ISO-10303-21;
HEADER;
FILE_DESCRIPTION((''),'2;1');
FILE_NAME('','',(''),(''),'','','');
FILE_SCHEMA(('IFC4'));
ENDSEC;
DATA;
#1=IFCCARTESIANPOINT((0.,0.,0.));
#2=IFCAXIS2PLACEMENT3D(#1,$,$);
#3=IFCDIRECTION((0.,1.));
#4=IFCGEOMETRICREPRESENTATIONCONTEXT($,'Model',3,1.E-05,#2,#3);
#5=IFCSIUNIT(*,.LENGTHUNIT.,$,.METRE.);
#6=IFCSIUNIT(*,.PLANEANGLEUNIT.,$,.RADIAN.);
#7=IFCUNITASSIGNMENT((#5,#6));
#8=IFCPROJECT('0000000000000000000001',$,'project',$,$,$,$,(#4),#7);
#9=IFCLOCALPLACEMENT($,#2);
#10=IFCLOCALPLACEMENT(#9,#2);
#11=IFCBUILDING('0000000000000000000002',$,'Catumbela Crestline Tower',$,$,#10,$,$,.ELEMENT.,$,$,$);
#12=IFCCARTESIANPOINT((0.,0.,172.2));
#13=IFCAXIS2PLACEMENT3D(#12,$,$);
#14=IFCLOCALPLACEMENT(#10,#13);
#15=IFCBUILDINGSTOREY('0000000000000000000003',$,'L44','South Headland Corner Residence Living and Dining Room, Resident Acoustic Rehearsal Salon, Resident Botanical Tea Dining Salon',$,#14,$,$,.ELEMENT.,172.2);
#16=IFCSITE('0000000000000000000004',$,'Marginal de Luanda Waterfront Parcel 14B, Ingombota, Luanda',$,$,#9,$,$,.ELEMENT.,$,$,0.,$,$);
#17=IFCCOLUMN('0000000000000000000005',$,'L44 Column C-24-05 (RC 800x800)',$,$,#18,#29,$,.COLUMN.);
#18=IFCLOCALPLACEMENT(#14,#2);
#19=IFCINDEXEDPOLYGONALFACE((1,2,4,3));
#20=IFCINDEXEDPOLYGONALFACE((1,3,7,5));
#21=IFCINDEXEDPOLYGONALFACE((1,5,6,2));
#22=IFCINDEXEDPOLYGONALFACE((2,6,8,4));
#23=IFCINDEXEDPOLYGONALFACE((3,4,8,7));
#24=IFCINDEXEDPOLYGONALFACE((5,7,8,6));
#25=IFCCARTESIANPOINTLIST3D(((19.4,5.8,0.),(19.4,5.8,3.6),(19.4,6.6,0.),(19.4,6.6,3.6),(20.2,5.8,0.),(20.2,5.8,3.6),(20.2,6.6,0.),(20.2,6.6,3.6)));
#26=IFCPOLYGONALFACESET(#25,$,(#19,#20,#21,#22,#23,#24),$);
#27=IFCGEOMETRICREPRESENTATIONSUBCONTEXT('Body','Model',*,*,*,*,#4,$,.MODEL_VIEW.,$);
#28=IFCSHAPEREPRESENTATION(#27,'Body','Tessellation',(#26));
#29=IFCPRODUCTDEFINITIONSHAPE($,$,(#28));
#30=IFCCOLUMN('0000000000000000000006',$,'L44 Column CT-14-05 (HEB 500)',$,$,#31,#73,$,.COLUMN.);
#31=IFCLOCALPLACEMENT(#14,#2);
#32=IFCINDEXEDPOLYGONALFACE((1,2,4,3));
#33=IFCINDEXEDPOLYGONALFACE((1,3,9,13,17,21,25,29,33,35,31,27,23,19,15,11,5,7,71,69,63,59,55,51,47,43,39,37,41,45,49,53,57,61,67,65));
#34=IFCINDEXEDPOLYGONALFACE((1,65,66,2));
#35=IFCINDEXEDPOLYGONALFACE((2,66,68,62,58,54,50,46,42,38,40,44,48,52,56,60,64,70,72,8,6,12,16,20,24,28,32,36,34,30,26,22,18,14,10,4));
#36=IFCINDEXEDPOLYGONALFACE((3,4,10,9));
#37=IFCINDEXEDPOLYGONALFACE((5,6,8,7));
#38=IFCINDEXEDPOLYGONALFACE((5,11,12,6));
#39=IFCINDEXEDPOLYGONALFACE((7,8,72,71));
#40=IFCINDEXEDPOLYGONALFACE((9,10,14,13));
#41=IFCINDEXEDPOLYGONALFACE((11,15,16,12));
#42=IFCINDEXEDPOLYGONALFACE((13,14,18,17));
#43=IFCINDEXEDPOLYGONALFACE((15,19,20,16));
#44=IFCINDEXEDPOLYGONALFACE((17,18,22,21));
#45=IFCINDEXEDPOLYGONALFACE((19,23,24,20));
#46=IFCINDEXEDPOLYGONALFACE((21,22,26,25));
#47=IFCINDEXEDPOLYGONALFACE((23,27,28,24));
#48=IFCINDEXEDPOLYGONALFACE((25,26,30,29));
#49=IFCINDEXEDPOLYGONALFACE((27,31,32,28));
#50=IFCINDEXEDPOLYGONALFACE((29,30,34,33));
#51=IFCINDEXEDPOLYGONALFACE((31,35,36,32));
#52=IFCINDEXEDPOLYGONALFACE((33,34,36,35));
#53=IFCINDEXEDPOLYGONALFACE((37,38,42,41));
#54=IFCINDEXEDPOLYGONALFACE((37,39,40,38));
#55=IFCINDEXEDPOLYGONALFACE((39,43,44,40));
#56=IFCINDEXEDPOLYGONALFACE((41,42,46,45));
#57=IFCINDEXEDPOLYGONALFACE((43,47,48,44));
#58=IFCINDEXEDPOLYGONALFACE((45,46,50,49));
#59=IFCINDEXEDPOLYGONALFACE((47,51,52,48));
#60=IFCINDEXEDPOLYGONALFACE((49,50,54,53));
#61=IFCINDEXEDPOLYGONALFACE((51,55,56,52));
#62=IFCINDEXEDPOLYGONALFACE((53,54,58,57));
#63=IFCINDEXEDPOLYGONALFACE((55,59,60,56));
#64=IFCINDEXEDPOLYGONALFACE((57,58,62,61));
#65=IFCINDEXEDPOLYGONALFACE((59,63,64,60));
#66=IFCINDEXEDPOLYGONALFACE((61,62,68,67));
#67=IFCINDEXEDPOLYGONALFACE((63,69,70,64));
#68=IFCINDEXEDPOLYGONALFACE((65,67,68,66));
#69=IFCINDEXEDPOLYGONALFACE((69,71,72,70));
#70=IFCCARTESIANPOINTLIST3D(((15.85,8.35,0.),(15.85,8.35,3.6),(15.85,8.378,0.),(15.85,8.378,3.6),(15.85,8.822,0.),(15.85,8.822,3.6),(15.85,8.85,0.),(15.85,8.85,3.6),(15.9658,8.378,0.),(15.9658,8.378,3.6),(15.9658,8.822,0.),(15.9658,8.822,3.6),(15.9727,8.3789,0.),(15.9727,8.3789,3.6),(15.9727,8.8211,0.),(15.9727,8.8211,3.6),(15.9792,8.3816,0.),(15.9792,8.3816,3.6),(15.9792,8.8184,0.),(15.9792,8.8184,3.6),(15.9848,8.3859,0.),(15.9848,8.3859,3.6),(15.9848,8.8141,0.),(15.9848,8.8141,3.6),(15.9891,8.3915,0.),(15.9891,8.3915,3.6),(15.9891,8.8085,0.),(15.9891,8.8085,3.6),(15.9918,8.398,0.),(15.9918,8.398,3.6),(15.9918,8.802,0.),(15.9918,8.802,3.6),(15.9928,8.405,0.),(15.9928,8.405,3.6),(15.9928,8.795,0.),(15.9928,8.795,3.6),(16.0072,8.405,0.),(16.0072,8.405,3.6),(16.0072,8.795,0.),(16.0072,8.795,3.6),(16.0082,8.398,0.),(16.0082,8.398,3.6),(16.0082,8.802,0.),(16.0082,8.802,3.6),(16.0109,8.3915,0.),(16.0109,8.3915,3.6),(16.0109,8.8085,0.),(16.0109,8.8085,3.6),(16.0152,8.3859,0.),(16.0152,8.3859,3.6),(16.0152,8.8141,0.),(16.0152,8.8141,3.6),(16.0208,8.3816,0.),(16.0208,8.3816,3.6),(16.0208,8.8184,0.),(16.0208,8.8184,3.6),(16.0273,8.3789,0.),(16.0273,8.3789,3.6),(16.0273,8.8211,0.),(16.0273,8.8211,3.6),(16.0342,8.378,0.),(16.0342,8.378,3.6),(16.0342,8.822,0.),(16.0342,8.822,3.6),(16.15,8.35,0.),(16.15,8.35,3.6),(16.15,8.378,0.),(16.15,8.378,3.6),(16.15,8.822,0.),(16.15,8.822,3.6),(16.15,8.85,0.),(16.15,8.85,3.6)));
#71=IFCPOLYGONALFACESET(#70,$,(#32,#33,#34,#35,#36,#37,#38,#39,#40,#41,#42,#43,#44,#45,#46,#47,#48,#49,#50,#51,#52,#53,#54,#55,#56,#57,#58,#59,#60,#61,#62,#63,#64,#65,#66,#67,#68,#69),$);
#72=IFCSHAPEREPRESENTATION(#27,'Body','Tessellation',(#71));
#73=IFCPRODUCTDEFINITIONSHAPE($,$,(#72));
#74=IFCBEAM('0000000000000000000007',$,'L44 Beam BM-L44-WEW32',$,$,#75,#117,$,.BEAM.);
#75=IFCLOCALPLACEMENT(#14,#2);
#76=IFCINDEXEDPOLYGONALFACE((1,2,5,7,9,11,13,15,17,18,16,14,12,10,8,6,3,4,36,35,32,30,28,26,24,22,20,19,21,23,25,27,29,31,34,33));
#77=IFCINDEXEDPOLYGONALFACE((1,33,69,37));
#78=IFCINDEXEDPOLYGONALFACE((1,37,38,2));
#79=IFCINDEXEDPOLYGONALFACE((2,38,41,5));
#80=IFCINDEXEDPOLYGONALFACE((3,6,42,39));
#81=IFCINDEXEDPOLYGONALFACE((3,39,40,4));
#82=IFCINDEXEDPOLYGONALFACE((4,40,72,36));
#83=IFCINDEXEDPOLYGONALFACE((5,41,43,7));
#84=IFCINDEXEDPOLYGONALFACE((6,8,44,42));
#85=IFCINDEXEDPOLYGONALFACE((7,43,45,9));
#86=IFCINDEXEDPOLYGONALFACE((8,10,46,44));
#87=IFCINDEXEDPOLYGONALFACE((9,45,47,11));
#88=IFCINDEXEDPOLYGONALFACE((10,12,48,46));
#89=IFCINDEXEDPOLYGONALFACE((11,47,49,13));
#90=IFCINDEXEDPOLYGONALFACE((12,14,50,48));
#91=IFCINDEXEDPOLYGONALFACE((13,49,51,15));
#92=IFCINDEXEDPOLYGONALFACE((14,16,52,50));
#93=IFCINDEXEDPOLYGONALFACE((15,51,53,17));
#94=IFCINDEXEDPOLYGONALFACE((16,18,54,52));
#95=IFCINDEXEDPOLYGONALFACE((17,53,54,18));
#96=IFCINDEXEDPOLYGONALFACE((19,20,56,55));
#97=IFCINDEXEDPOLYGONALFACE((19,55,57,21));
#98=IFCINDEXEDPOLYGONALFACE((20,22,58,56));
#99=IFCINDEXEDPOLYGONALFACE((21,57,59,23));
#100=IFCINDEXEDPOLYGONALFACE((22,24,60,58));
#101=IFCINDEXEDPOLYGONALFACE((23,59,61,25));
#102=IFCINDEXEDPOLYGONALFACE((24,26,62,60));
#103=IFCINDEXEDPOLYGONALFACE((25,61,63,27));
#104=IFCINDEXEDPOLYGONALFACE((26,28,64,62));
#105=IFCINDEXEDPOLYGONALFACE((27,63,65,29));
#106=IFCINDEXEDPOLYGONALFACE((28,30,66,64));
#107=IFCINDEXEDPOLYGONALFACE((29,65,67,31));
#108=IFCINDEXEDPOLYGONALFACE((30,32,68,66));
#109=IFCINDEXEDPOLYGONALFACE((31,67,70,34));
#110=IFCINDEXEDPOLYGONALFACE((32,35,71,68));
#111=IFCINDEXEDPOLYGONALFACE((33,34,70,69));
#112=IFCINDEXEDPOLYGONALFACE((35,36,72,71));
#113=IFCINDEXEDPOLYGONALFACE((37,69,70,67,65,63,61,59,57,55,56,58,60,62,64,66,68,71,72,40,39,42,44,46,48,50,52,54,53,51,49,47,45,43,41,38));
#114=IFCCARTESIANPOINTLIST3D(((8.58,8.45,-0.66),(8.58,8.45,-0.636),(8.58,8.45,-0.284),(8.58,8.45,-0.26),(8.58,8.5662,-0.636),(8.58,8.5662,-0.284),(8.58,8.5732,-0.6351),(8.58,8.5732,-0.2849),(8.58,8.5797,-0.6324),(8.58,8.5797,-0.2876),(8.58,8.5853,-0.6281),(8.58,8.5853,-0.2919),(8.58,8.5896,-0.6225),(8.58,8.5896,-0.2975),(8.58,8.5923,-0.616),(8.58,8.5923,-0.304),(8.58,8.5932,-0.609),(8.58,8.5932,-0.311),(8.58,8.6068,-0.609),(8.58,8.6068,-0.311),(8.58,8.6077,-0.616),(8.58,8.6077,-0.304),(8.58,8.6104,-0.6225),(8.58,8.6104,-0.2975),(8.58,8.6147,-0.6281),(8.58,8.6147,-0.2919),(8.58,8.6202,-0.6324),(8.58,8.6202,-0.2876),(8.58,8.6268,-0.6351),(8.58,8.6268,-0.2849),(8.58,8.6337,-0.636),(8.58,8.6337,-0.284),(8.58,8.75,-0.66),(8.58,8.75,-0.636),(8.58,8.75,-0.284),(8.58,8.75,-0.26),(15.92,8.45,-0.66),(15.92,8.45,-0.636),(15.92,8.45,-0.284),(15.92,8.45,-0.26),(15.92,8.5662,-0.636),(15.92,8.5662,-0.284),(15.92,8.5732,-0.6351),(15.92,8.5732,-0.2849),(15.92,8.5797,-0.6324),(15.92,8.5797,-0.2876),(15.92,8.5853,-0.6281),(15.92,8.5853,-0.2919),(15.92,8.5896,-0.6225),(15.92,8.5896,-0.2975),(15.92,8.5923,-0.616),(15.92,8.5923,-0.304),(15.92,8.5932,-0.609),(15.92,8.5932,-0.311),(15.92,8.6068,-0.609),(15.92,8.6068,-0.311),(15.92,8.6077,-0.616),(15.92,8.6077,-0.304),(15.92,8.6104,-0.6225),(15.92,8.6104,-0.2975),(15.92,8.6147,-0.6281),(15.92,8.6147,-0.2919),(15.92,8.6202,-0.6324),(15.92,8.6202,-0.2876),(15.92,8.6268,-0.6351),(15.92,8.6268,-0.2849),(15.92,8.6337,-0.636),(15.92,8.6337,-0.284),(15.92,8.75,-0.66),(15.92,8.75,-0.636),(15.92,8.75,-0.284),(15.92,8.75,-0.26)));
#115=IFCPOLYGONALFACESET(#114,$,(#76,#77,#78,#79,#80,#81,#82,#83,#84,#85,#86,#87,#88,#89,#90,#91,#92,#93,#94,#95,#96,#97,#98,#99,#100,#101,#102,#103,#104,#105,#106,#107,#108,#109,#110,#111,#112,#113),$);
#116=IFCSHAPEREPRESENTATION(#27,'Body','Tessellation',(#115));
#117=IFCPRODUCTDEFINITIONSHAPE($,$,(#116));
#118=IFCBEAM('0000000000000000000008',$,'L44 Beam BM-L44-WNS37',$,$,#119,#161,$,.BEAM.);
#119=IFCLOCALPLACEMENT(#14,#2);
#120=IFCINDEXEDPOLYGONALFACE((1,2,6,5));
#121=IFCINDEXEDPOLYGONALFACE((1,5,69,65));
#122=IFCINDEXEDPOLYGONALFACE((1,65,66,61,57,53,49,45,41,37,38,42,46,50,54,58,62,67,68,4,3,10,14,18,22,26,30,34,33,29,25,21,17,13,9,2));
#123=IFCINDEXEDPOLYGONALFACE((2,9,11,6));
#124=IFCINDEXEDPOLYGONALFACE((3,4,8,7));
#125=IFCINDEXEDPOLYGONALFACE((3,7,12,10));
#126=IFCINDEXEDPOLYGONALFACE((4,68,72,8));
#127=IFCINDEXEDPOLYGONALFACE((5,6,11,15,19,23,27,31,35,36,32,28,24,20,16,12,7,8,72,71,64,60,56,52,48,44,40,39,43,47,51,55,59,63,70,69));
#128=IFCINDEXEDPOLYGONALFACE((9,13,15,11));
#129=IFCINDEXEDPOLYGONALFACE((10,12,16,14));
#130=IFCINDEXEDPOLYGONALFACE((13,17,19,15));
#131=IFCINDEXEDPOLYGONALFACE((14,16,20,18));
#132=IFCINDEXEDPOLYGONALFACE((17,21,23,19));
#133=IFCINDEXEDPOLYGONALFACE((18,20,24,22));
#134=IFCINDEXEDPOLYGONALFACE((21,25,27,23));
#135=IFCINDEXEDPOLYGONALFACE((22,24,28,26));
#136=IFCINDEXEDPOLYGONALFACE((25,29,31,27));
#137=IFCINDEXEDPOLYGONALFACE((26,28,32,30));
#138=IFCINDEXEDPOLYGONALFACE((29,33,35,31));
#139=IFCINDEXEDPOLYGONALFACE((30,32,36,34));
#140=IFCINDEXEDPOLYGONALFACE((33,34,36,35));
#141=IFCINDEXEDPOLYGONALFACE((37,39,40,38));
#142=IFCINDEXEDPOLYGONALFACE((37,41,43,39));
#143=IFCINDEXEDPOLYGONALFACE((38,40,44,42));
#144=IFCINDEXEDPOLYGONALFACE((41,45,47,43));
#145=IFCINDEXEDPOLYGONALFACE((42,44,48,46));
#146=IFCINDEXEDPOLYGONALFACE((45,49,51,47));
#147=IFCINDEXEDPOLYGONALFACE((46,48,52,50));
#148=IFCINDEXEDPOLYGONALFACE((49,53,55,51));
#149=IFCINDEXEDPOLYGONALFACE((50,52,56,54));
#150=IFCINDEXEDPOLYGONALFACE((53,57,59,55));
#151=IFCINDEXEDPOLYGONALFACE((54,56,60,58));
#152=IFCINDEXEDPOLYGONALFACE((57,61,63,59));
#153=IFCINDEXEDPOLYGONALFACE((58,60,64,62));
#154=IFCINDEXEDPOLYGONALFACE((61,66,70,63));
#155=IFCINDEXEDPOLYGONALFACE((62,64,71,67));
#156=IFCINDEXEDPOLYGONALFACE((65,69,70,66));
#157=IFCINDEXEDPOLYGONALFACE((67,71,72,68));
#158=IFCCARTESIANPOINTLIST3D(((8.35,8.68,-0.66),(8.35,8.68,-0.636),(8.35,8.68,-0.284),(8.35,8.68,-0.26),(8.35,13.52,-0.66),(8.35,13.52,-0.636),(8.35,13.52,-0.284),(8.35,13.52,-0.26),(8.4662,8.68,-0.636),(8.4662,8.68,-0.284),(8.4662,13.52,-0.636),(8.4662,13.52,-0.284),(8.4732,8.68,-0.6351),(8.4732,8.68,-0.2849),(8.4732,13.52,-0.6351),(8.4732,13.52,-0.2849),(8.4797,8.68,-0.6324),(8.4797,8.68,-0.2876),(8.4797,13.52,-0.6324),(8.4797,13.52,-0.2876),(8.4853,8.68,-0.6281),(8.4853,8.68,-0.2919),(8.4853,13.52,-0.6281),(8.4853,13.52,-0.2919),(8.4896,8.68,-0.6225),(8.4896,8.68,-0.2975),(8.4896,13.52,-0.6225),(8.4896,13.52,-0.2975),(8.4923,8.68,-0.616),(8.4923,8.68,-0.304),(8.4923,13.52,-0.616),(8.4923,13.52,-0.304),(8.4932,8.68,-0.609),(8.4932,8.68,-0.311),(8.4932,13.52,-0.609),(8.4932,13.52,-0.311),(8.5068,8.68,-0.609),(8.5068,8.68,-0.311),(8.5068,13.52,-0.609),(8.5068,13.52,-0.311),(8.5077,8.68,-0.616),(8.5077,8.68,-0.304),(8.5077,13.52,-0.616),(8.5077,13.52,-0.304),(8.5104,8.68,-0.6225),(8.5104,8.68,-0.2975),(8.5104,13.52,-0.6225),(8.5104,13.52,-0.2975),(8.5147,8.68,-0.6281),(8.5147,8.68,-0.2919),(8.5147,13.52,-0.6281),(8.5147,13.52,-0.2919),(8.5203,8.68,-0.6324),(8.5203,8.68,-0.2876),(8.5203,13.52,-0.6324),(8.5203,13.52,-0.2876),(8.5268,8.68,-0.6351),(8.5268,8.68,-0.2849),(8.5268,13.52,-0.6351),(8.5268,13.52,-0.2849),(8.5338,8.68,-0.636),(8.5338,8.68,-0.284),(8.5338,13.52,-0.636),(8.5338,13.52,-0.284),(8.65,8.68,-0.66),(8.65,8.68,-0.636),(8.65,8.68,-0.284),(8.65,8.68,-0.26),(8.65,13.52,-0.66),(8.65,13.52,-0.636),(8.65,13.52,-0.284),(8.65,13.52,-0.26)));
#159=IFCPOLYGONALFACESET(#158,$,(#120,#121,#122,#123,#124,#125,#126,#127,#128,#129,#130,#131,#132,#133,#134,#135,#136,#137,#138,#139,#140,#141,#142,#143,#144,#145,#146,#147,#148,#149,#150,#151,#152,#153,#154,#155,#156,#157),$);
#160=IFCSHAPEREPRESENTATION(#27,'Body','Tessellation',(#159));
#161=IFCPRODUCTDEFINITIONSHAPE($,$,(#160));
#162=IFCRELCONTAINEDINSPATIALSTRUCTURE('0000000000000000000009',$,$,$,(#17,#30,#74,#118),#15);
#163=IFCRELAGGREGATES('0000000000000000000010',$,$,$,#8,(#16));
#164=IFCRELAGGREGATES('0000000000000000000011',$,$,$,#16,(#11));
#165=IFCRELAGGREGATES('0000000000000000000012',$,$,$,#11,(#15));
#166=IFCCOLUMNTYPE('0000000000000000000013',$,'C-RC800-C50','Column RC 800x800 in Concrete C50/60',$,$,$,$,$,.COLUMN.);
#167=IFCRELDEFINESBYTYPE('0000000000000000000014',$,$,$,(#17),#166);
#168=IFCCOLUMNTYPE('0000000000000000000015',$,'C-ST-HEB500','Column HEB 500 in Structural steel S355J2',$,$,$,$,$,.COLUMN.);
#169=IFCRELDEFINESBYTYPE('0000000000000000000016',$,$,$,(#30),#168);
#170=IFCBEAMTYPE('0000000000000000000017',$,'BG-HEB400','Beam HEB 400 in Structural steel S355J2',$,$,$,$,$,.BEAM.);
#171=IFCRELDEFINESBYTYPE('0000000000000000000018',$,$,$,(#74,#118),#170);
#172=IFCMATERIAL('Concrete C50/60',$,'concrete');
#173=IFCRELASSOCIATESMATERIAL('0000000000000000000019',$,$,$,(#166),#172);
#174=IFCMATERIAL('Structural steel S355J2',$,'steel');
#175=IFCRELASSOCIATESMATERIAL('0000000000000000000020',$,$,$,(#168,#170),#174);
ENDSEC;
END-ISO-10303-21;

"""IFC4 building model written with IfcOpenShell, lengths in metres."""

from ifc_helpers import new_model, si_unit, direction, frame, origin, origin_2d, place, context, subcontext, project, spatial, rectangle, i_section, extrude, material, material_profile, profile_set, type_object, element, save


model = new_model("IFC4")

# Units and contexts
model_context = context("Model", 3, precision=1e-05, world=origin(), true_north=direction((0.0, 1.0)))
body_context = subcontext(model_context, "Body", "Model", "MODEL_VIEW")
ifc_project = project(units=[si_unit("LENGTHUNIT", "METRE"), si_unit("PLANEANGLEUNIT", "RADIAN")], contexts=[model_context])

# Site, building, storey
site_placement = place(None, origin())
site = spatial("IfcSite", under=ifc_project, at=site_placement, Name="Marginal de Luanda Waterfront Parcel 14B, Ingombota, Luanda", CompositionType="ELEMENT", RefElevation=0.0)
building_placement = place(site_placement, origin())
building = spatial("IfcBuilding", under=site, at=building_placement, Name="Catumbela Crestline Tower", CompositionType="ELEMENT")
storey_placement = place(building_placement, frame((0.0, 0.0, 172.2)))
storey = spatial("IfcBuildingStorey", under=building, at=storey_placement, Name="L44", Description="South Headland Corner Residence Living and Dining Room, Resident Acoustic Rehearsal Salon, Resident Botanical Tea Dining Salon", CompositionType="ELEMENT", Elevation=172.2)

# Columns
ifc_material_1 = material(Name="Concrete C50/60", Category="concrete")
ifc_material_profile_1 = material_profile(ifc_material_1, rectangle(XDim=0.8, YDim=0.8, at=origin_2d()), Name="RC 800x800")
ifc_profile_set_1 = profile_set([ifc_material_profile_1], Name="Concrete C50/60")
column_type_1 = type_object("IfcColumnType", Name="C-RC800-C50", Description="Column RC 800x800 in Concrete C50/60", PredefinedType="COLUMN", material=ifc_profile_set_1)
column_1_placement = place(storey_placement, frame((19.8, 6.2, 0.0), z_axis=(0.0, 0.0, 1.0), x_axis=(1.0, 0.0, 0.0)))
element("IfcColumn", 1, at=column_1_placement, inside=storey, type_object=column_type_1, Name="L44 Column C-24-05 (RC 800x800)", PredefinedType="COLUMN", context=body_context, shape_type="SweptSolid", body=[
    extrude(rectangle(XDim=0.8, YDim=0.8, at=origin_2d()), origin(), (0.0, 0.0, 1.0), 3.6),
])
ifc_material_2 = material(Name="Structural steel S355J2", Category="steel")
ifc_material_profile_2 = material_profile(ifc_material_2, i_section(OverallWidth=0.3, OverallDepth=0.5, WebThickness=0.0145, FlangeThickness=0.028, FilletRadius=0.027, at=origin_2d()), Name="HEB 500")
ifc_profile_set_2 = profile_set([ifc_material_profile_2], Name="Structural steel S355J2")
column_type_2 = type_object("IfcColumnType", Name="C-ST-HEB500", Description="Column HEB 500 in Structural steel S355J2", PredefinedType="COLUMN", material=ifc_profile_set_2)
column_2_placement = place(storey_placement, frame((16.0, 8.6, 0.0), z_axis=(0.0, 0.0, 1.0), x_axis=(1.0, 0.0, 0.0)))
element("IfcColumn", 2, at=column_2_placement, inside=storey, type_object=column_type_2, Name="L44 Column CT-14-05 (HEB 500)", PredefinedType="COLUMN", context=body_context, shape_type="SweptSolid", body=[
    extrude(i_section(OverallWidth=0.3, OverallDepth=0.5, WebThickness=0.0145, FlangeThickness=0.028, FilletRadius=0.027, at=origin_2d()), origin(), (0.0, 0.0, 1.0), 3.6),
])

# Beams
ifc_material_profile_3 = material_profile(ifc_material_2, i_section(OverallWidth=0.3, OverallDepth=0.4, WebThickness=0.0135, FlangeThickness=0.024, FilletRadius=0.027, at=origin_2d()), Name="HEB 400")
ifc_profile_set_3 = profile_set([ifc_material_profile_3], Name="Structural steel S355J2")
beam_type = type_object("IfcBeamType", Name="BG-HEB400", Description="Beam HEB 400 in Structural steel S355J2", PredefinedType="BEAM", material=ifc_profile_set_3)
beam_placement = place(storey_placement, frame((8.58, 8.6, -0.46), z_axis=(1.0, 0.0, 0.0), x_axis=(0.0, 1.0, 0.0)))
element("IfcBeam", 3, at=beam_placement, inside=storey, type_object=beam_type, Name="L44 Beam BM-L44-WEW32", PredefinedType="BEAM", context=body_context, shape_type="SweptSolid", body=[
    extrude(i_section(OverallWidth=0.3, OverallDepth=0.4, WebThickness=0.0135, FlangeThickness=0.024, FilletRadius=0.027, at=origin_2d()), origin(), (0.0, 0.0, 1.0), 7.34),
])
for number, where, z_axis, x_axis, name in (
    (4, (8.5, 8.68, -0.46), (0.0, 1.0, 0.0), (-1.0, 0.0, 0.0), "L44 Beam BM-L44-WNS37"),
):
    element("IfcBeam", number, at=place(storey_placement, frame(where, z_axis=z_axis, x_axis=x_axis)), inside=storey, type_object=beam_type, Name=name, PredefinedType="BEAM", context=body_context, shape_type="SweptSolid", body=[
        extrude(i_section(OverallWidth=0.3, OverallDepth=0.4, WebThickness=0.0135, FlangeThickness=0.024, FilletRadius=0.027, at=origin_2d()), origin(), (0.0, 0.0, 1.0), 4.84),
    ])

save(model, "model.ifc")
